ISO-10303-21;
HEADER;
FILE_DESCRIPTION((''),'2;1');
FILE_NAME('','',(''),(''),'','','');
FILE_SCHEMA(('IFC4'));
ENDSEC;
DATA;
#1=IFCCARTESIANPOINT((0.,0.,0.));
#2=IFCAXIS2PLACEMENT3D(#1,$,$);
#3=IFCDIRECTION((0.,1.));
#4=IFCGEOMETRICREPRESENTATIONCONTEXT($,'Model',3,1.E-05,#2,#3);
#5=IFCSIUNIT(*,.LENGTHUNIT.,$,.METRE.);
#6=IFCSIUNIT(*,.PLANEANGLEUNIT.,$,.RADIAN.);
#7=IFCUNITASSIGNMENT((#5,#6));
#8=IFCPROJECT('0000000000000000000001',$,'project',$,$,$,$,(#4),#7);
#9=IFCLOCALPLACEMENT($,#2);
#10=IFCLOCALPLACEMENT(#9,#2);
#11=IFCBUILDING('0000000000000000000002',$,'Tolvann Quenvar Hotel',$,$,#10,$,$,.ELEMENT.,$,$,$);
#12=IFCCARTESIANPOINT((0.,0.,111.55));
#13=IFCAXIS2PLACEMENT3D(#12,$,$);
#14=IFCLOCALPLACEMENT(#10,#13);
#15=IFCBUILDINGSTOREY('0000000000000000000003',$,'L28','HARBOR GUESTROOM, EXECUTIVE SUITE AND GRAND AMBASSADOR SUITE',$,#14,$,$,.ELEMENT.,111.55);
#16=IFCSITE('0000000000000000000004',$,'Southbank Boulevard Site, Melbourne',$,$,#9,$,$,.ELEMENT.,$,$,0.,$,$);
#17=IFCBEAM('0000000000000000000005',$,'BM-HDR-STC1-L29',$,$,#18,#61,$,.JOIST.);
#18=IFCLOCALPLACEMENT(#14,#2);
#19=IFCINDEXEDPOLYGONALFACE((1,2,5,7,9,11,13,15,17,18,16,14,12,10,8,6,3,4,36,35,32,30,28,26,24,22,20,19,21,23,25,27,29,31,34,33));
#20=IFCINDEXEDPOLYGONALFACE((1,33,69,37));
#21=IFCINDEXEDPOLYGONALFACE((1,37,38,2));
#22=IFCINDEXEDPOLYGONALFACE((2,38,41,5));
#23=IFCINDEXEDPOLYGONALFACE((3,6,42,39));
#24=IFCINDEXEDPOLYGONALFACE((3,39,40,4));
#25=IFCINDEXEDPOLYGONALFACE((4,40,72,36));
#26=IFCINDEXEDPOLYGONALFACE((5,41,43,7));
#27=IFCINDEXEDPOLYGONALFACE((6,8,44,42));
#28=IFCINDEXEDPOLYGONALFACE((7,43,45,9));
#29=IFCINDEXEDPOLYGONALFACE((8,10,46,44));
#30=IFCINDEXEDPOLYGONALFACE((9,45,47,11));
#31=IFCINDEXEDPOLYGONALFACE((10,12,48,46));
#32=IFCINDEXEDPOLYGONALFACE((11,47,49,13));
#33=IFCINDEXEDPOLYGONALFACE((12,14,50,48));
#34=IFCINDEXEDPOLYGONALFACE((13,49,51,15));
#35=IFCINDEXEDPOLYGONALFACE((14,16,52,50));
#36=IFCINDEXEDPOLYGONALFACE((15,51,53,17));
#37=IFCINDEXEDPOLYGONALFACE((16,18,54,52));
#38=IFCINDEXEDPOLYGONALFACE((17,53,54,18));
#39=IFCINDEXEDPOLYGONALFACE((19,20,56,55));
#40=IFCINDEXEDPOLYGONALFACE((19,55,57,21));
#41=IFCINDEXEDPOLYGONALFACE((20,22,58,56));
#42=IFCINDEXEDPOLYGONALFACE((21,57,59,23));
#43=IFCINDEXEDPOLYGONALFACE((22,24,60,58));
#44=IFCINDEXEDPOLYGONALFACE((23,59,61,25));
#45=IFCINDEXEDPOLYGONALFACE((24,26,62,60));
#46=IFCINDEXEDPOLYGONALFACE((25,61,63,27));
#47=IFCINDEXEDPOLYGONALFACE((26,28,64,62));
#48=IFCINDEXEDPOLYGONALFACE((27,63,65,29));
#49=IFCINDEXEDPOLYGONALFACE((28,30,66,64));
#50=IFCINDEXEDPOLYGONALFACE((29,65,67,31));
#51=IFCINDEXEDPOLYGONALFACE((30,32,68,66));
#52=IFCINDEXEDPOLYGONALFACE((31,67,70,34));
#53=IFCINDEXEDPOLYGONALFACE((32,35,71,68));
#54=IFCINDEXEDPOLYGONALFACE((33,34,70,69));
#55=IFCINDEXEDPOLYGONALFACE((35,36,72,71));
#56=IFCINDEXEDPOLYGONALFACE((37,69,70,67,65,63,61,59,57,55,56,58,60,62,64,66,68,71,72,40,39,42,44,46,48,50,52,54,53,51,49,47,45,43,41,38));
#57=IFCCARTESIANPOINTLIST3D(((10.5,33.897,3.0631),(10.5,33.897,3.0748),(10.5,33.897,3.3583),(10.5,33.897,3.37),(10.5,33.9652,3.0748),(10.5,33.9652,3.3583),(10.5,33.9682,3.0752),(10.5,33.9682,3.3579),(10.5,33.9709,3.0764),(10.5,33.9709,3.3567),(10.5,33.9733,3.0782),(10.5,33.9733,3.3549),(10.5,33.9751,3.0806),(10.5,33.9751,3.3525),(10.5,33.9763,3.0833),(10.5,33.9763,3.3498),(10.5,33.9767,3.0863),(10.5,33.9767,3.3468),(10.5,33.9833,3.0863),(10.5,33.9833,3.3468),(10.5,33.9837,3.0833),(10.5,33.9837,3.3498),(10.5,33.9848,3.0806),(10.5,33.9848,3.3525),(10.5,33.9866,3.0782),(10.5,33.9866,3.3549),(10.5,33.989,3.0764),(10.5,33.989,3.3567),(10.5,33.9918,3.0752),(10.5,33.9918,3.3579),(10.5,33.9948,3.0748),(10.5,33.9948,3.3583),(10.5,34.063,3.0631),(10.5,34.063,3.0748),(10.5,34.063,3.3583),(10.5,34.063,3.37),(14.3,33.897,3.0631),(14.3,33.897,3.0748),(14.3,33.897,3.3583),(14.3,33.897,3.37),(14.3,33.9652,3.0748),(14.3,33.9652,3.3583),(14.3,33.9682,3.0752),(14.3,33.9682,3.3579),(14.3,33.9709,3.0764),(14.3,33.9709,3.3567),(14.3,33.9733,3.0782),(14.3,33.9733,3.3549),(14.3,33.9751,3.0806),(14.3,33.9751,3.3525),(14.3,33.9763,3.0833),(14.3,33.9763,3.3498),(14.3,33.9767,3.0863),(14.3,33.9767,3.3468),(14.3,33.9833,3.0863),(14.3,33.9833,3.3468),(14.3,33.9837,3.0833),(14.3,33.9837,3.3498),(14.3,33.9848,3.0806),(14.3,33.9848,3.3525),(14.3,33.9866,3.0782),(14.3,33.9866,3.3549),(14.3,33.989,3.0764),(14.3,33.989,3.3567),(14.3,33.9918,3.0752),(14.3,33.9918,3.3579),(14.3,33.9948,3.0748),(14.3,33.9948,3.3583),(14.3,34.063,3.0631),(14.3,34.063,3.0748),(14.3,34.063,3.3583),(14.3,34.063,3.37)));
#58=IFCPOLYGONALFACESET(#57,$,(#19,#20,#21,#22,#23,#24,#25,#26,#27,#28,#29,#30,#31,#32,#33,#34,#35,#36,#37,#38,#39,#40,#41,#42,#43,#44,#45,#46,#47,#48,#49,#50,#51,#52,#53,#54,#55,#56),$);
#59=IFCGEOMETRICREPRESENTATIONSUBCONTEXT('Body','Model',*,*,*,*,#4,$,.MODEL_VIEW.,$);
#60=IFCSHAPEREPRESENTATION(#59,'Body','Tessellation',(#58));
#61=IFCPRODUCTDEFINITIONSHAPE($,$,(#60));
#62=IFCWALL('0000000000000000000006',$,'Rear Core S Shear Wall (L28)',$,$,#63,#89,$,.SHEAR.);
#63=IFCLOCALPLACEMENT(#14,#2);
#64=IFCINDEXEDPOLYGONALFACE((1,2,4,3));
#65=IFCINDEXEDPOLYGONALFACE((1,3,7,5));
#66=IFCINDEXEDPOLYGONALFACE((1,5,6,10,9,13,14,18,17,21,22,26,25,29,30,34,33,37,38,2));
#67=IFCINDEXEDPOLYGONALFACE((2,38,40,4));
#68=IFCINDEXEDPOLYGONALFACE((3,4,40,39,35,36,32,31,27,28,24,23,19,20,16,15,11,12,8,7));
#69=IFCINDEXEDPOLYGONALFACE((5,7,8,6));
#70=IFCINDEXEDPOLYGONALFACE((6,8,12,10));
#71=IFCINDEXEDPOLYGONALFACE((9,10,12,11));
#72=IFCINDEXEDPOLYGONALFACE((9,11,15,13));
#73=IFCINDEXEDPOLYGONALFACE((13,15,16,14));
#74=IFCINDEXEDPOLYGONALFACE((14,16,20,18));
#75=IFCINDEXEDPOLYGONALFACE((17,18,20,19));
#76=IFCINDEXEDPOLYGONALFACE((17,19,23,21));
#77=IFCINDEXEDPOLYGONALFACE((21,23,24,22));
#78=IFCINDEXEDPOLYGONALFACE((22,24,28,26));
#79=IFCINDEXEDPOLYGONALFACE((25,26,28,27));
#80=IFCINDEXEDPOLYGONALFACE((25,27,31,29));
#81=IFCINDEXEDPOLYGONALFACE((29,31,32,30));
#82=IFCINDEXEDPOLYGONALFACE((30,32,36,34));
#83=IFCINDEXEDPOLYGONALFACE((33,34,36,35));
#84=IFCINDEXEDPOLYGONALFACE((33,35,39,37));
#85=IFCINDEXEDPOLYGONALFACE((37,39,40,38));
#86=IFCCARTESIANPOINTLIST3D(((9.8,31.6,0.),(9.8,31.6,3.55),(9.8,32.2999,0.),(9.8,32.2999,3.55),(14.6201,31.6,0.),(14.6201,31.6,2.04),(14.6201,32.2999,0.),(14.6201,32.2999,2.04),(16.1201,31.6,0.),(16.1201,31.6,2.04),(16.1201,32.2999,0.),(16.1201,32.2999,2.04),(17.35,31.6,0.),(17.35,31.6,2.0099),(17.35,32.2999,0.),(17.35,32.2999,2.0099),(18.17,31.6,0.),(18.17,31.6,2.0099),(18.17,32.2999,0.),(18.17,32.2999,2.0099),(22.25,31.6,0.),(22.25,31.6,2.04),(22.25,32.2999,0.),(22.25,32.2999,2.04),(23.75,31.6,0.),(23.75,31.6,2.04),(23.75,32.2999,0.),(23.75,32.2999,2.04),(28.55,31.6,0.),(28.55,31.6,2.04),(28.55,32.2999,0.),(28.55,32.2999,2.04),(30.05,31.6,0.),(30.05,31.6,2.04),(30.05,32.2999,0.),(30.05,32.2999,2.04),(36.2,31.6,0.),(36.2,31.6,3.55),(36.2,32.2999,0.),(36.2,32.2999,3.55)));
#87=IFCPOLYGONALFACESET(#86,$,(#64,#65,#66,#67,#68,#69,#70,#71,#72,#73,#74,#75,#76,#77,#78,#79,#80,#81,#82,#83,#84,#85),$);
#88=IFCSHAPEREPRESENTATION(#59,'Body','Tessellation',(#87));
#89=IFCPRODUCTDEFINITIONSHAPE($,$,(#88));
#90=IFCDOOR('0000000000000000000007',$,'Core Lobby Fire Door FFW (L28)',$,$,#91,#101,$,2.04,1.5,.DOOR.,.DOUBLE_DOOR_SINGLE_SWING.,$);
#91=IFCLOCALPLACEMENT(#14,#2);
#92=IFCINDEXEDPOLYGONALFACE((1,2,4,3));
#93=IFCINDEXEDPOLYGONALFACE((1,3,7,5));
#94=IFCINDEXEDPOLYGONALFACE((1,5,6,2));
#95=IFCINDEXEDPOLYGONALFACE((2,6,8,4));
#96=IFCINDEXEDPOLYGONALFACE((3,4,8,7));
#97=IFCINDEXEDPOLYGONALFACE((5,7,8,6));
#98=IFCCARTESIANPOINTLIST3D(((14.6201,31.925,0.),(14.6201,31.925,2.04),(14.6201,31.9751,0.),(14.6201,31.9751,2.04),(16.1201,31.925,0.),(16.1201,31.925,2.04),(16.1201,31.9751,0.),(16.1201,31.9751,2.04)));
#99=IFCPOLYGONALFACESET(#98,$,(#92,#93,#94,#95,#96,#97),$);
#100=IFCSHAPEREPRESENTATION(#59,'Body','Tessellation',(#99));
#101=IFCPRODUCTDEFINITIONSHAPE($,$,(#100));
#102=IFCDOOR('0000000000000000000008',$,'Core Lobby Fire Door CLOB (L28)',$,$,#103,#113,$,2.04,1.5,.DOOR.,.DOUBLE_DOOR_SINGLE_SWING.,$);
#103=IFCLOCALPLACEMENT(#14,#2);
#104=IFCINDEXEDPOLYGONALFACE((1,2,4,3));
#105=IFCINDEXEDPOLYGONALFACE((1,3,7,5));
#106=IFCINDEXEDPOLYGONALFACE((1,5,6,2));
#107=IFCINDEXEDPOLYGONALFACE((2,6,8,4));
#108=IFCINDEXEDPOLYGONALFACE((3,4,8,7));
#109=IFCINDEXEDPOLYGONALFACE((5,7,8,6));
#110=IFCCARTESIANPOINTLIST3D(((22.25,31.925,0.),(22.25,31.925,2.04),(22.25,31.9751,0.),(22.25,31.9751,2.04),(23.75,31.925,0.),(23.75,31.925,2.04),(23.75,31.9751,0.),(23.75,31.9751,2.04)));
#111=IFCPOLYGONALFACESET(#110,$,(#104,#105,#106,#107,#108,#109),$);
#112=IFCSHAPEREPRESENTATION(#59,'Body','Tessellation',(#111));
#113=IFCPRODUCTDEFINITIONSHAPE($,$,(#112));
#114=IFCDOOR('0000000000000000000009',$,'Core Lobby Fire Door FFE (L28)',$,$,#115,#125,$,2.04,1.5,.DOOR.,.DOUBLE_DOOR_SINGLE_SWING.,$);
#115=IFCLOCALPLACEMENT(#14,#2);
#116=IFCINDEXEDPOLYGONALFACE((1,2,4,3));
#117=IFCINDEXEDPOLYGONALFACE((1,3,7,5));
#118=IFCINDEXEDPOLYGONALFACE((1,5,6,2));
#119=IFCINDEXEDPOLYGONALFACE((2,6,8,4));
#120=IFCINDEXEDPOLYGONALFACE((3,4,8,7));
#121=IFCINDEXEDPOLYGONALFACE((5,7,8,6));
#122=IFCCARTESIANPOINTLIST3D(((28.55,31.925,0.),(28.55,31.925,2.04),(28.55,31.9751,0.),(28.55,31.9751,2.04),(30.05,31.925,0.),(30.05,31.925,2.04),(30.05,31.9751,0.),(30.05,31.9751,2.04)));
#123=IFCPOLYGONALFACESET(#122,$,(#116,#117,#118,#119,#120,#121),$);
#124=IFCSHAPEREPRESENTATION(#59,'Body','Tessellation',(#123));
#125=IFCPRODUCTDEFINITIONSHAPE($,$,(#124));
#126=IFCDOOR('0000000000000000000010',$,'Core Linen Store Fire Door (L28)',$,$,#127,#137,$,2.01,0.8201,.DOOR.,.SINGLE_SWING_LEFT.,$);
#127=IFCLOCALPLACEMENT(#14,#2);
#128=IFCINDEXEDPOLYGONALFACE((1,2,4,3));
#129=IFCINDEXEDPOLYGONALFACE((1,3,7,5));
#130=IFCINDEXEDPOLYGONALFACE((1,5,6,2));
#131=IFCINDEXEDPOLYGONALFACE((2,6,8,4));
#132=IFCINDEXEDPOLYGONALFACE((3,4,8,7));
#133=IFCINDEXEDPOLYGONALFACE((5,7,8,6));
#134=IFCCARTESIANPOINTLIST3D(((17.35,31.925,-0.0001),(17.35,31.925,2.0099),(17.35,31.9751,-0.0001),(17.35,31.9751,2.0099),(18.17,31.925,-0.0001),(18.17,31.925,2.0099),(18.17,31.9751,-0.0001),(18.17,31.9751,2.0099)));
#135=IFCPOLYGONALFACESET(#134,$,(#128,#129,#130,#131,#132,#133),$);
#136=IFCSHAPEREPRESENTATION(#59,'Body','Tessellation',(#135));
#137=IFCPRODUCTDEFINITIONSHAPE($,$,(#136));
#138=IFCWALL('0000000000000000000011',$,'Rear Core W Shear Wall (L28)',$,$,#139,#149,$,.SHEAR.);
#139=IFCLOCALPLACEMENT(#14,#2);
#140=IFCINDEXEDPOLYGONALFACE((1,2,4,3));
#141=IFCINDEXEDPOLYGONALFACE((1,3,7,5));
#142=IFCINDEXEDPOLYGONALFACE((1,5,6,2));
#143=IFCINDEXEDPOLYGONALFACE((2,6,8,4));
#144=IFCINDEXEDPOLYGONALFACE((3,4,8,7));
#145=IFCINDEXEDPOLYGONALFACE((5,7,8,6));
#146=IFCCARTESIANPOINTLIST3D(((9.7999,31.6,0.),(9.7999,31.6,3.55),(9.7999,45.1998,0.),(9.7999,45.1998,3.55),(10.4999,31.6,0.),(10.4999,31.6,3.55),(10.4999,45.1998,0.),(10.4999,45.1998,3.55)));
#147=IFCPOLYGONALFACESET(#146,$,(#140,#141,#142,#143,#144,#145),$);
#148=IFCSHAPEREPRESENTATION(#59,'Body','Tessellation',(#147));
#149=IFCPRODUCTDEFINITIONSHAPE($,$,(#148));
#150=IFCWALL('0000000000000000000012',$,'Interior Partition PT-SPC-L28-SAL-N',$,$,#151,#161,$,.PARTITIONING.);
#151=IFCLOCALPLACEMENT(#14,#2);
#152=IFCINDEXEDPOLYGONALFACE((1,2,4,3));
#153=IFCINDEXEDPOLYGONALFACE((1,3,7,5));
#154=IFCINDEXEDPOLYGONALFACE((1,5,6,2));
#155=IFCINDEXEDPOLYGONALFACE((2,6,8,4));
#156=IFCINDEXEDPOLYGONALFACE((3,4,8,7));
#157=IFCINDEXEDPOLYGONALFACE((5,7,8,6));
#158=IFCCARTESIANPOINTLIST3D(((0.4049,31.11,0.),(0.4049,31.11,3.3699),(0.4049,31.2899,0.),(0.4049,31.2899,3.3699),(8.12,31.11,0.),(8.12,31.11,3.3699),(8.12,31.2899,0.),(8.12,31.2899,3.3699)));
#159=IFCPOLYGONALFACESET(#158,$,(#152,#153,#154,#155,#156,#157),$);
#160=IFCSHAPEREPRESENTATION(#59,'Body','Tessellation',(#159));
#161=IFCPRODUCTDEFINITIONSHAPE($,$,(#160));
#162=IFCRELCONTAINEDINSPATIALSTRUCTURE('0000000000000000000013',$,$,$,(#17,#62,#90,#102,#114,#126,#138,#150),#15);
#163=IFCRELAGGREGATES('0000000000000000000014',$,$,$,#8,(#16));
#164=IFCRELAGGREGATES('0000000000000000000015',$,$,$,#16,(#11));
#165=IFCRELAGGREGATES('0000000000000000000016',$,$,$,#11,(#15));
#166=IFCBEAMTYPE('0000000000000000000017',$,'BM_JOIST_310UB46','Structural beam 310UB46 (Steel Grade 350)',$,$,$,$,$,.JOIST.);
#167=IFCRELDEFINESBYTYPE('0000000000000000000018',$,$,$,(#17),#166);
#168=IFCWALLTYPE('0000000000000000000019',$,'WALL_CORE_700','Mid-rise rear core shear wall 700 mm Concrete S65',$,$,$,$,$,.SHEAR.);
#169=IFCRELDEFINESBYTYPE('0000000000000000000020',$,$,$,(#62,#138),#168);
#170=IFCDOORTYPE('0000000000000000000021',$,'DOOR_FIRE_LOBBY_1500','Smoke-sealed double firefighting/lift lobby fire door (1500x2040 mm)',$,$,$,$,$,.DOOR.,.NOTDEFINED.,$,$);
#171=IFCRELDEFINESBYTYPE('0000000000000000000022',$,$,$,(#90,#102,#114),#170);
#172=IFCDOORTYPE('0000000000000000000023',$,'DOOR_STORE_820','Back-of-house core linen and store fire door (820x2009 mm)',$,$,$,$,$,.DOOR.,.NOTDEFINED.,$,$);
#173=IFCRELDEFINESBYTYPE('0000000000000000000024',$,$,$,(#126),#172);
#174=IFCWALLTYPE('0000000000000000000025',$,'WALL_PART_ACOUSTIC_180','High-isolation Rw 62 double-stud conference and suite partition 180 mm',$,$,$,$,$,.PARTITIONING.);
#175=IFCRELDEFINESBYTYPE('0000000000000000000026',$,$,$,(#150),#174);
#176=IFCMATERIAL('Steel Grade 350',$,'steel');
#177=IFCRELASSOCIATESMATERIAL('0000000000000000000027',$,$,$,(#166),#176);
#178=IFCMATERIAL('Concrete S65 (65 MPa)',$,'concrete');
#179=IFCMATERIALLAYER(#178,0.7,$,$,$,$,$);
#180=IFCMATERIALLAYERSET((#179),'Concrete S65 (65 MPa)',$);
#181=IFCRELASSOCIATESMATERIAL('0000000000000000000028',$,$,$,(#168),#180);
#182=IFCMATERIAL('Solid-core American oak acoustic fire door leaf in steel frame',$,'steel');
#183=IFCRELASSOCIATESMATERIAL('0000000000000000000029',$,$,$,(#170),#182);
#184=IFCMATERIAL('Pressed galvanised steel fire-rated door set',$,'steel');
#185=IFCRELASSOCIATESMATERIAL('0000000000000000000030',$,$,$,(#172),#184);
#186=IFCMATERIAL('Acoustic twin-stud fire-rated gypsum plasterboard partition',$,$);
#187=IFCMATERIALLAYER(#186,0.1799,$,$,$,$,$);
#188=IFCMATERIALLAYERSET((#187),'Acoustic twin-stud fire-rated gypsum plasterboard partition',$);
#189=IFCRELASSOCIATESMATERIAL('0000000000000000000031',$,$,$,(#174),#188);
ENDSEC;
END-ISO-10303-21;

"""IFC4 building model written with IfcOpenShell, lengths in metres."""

from ifc_helpers import new_model, si_unit, direction, frame, frame_2d, origin, origin_2d, place, context, subcontext, project, spatial, rectangle, i_section, extrude, source, transform, mapped, material, layer, layer_set, material_profile, profile_set, type_object, type_shapes, element, fill, save


model = new_model("IFC4")

# Units and contexts
model_context = context("Model", 3, precision=1e-05, world=origin(), true_north=direction((0.0, 1.0)))
body_context = subcontext(model_context, "Body", "Model", "MODEL_VIEW")
ifc_project = project(units=[si_unit("LENGTHUNIT", "METRE"), si_unit("PLANEANGLEUNIT", "RADIAN")], contexts=[model_context])

# Site, building, storey
site_placement = place(None, origin())
site = spatial("IfcSite", under=ifc_project, at=site_placement, Name="Southbank Boulevard Site, Melbourne", CompositionType="ELEMENT", RefElevation=0.0)
building_placement = place(site_placement, origin())
building = spatial("IfcBuilding", under=site, at=building_placement, Name="Tolvann Quenvar Hotel", CompositionType="ELEMENT")
storey_placement = place(building_placement, frame((0.0, 0.0, 111.55)))
storey = spatial("IfcBuildingStorey", under=building, at=storey_placement, Name="L28", Description="HARBOR GUESTROOM, EXECUTIVE SUITE AND GRAND AMBASSADOR SUITE", CompositionType="ELEMENT", Elevation=111.55)

# Shared definitions
ifc_material_1 = material(Name="Concrete S65 (65 MPa)", Category="concrete")

# Beam
ifc_material_2 = material(Name="Steel Grade 350", Category="steel")
ifc_material_profile_1 = material_profile(ifc_material_2, i_section(OverallWidth=0.166, OverallDepth=0.3069, WebThickness=0.0066, FlangeThickness=0.0117, FilletRadius=0.0115, at=origin_2d()), Name="310UB46")
ifc_profile_set_1 = profile_set([ifc_material_profile_1], Name="Steel Grade 350")
beam_type_1 = type_object("IfcBeamType", Name="BM_JOIST_310UB46", Description="Structural beam 310UB46 (Steel Grade 350)", PredefinedType="JOIST", material=ifc_profile_set_1)
shared_shape_1 = source(origin(), body_context, "Body", "SweptSolid", [
    extrude(i_section(OverallWidth=0.166, OverallDepth=0.3069, WebThickness=0.0066, FlangeThickness=0.0117, FilletRadius=0.0115, at=origin_2d()), origin(), (0.0, 0.0, 1.0), 3.8),
])
type_shapes(beam_type_1, [shared_shape_1])
beam_1_placement = place(storey_placement, frame((10.5, 33.98, 3.2166), z_axis=(1.0, 0.0, 0.0), x_axis=(0.0, 1.0, 0.0)))
element("IfcBeam", 1, at=beam_1_placement, inside=storey, type_object=beam_type_1, Name="BM-HDR-STC1-L29", PredefinedType="JOIST", context=body_context, shape_type="MappedRepresentation", body=[
    mapped(shared_shape_1, transform((0.0, 0.0, 0.0), x_axis=(1.0, 0.0, 0.0), y_axis=(0.0, 1.0, 0.0), z_axis=(0.0, 0.0, 1.0), scale=1.0)),
])

# Wall, openings, doors
ifc_layer_1 = layer(ifc_material_1, 0.7)
ifc_layer_set_1 = layer_set([ifc_layer_1], Name="Concrete S65 (65 MPa)")
wall_type_1 = type_object("IfcWallType", Name="WALL_CORE_700", Description="Mid-rise rear core shear wall 700 mm Concrete S65", PredefinedType="SHEAR", material=ifc_layer_set_1)
wall_1_placement = place(storey_placement, frame((9.8, 31.95, 0.0), z_axis=(0.0, 0.0, 1.0), x_axis=(1.0, 0.0, 0.0)))
wall_1 = element("IfcWall", 2, at=wall_1_placement, inside=storey, type_object=wall_type_1, Name="Rear Core S Shear Wall (L28)", PredefinedType="SHEAR", context=body_context, shape_type="SweptSolid", body=[
    extrude(rectangle(XDim=26.3999, YDim=0.7, at=frame_2d((13.2, 0.0))), origin(), (0.0, 0.0, 1.0), 3.55),
])
opening_1_placement = place(wall_1_placement, frame((6.3201, 0.0, 0.0), z_axis=(0.0, 0.0, 1.0), x_axis=(-1.0, 0.0, 0.0)))
opening_1 = element("IfcOpeningElement", 3, at=opening_1_placement, cuts=wall_1, PredefinedType="OPENING", context=body_context, shape_type="SweptSolid", body=[
    extrude(rectangle(XDim=1.5, YDim=2.04, at=frame_2d((0.75, 1.02))), frame((0.0, 0.3599, 0.0), z_axis=(0.0, -1.0, 0.0), x_axis=(1.0, 0.0, 0.0)), (0.0, 0.0, 1.0), 0.72),
])
opening_2_placement = place(wall_1_placement, frame((13.95, 0.0, 0.0), z_axis=(0.0, 0.0, 1.0), x_axis=(-1.0, 0.0, 0.0)))
opening_2 = element("IfcOpeningElement", 4, at=opening_2_placement, cuts=wall_1, PredefinedType="OPENING", context=body_context, shape_type="SweptSolid", body=[
    extrude(rectangle(XDim=1.5, YDim=2.04, at=frame_2d((0.75, 1.02))), frame((0.0, 0.3599, 0.0), z_axis=(0.0, -1.0, 0.0), x_axis=(1.0, 0.0, 0.0)), (0.0, 0.0, 1.0), 0.72),
])
opening_3_placement = place(wall_1_placement, frame((20.25, 0.0, 0.0), z_axis=(0.0, 0.0, 1.0), x_axis=(-1.0, 0.0, 0.0)))
opening_3 = element("IfcOpeningElement", 5, at=opening_3_placement, cuts=wall_1, PredefinedType="OPENING", context=body_context, shape_type="SweptSolid", body=[
    extrude(rectangle(XDim=1.5, YDim=2.04, at=frame_2d((0.75, 1.02))), frame((0.0, 0.3599, 0.0), z_axis=(0.0, -1.0, 0.0), x_axis=(1.0, 0.0, 0.0)), (0.0, 0.0, 1.0), 0.72),
])
opening_4_placement = place(wall_1_placement, frame((8.3701, 0.0, 0.0), z_axis=(0.0, 0.0, 1.0), x_axis=(-1.0, 0.0, 0.0)))
opening_4 = element("IfcOpeningElement", 6, at=opening_4_placement, cuts=wall_1, PredefinedType="OPENING", context=body_context, shape_type="SweptSolid", body=[
    extrude(rectangle(XDim=0.8201, YDim=2.01, at=frame_2d((0.4102, 1.0049))), frame((0.0, 0.3599, 0.0), z_axis=(0.0, -1.0, 0.0), x_axis=(1.0, 0.0, 0.0)), (0.0, 0.0, 1.0), 0.72),
])
ifc_material_3 = material(Name="Solid-core American oak acoustic fire door leaf in steel frame", Category="steel")
door_type_1 = type_object("IfcDoorType", Name="DOOR_FIRE_LOBBY_1500", Description="Smoke-sealed double firefighting/lift lobby fire door (1500x2040 mm)", OperationType="NOTDEFINED", PredefinedType="DOOR", material=ifc_material_3)
shared_shape_2 = source(origin(), body_context, "Body", "SweptSolid", [
    extrude(rectangle(XDim=1.5, YDim=2.04, at=frame_2d((0.75, 1.02))), frame((0.0, 0.0249, 0.0), z_axis=(0.0, -1.0, 0.0), x_axis=(1.0, 0.0, 0.0)), (0.0, 0.0, 1.0), 0.05),
])
type_shapes(door_type_1, [shared_shape_2])
door_1_placement = place(opening_1_placement, origin())
door_1 = element("IfcDoor", 7, at=door_1_placement, inside=storey, type_object=door_type_1, Name="Core Lobby Fire Door FFW (L28)", OperationType="DOUBLE_DOOR_SINGLE_SWING", OverallHeight=2.04, OverallWidth=1.5, PredefinedType="DOOR", context=body_context, shape_type="MappedRepresentation", body=[
    mapped(shared_shape_2, transform((0.0, 0.0, 0.0), x_axis=(1.0, 0.0, 0.0), y_axis=(0.0, 1.0, 0.0), z_axis=(0.0, 0.0, 1.0), scale=1.0)),
])
fill(opening_1, door_1)
door_2_placement = place(opening_2_placement, origin())
door_2 = element("IfcDoor", 8, at=door_2_placement, inside=storey, type_object=door_type_1, Name="Core Lobby Fire Door CLOB (L28)", OperationType="DOUBLE_DOOR_SINGLE_SWING", OverallHeight=2.04, OverallWidth=1.5, PredefinedType="DOOR", context=body_context, shape_type="MappedRepresentation", body=[
    mapped(shared_shape_2, transform((0.0, 0.0, 0.0), x_axis=(1.0, 0.0, 0.0), y_axis=(0.0, 1.0, 0.0), z_axis=(0.0, 0.0, 1.0), scale=1.0)),
])
fill(opening_2, door_2)
door_3_placement = place(opening_3_placement, origin())
door_3 = element("IfcDoor", 9, at=door_3_placement, inside=storey, type_object=door_type_1, Name="Core Lobby Fire Door FFE (L28)", OperationType="DOUBLE_DOOR_SINGLE_SWING", OverallHeight=2.04, OverallWidth=1.5, PredefinedType="DOOR", context=body_context, shape_type="MappedRepresentation", body=[
    mapped(shared_shape_2, transform((0.0, 0.0, 0.0), x_axis=(1.0, 0.0, 0.0), y_axis=(0.0, 1.0, 0.0), z_axis=(0.0, 0.0, 1.0), scale=1.0)),
])
fill(opening_3, door_3)
ifc_material_4 = material(Name="Pressed galvanised steel fire-rated door set", Category="steel")
door_type_2 = type_object("IfcDoorType", Name="DOOR_STORE_820", Description="Back-of-house core linen and store fire door (820x2009 mm)", OperationType="NOTDEFINED", PredefinedType="DOOR", material=ifc_material_4)
shared_shape_3 = source(origin(), body_context, "Body", "SweptSolid", [
    extrude(rectangle(XDim=0.8201, YDim=2.01, at=frame_2d((0.4102, 1.0049))), frame((0.0, 0.0249, 0.0), z_axis=(0.0, -1.0, 0.0), x_axis=(1.0, 0.0, 0.0)), (0.0, 0.0, 1.0), 0.05),
])
type_shapes(door_type_2, [shared_shape_3])
door_4_placement = place(opening_4_placement, origin())
door_4 = element("IfcDoor", 10, at=door_4_placement, inside=storey, type_object=door_type_2, Name="Core Linen Store Fire Door (L28)", OperationType="SINGLE_SWING_LEFT", OverallHeight=2.01, OverallWidth=0.8201, PredefinedType="DOOR", context=body_context, shape_type="MappedRepresentation", body=[
    mapped(shared_shape_3, transform((0.0, 0.0, 0.0), x_axis=(1.0, 0.0, 0.0), y_axis=(0.0, 1.0, 0.0), z_axis=(0.0, 0.0, 1.0), scale=1.0)),
])
fill(opening_4, door_4)

# Walls
wall_2_placement = place(storey_placement, frame((10.1499, 31.6001, 0.0), z_axis=(0.0, 0.0, 1.0), x_axis=(0.0, 1.0, 0.0)))
element("IfcWall", 11, at=wall_2_placement, inside=storey, type_object=wall_type_1, Name="Rear Core W Shear Wall (L28)", PredefinedType="SHEAR", context=body_context, shape_type="SweptSolid", body=[
    extrude(rectangle(XDim=13.5999, YDim=0.7, at=frame_2d((6.7998, 0.0))), origin(), (0.0, 0.0, 1.0), 3.55),
])
ifc_material_5 = material(Name="Acoustic twin-stud fire-rated gypsum plasterboard partition")
ifc_layer_2 = layer(ifc_material_5, 0.1799)
ifc_layer_set_2 = layer_set([ifc_layer_2], Name="Acoustic twin-stud fire-rated gypsum plasterboard partition")
wall_type_2 = type_object("IfcWallType", Name="WALL_PART_ACOUSTIC_180", Description="High-isolation Rw 62 double-stud conference and suite partition 180 mm", PredefinedType="PARTITIONING", material=ifc_layer_set_2)
for number, where, z_axis, x_axis, name in (
    (12, (0.405, 31.2, 0.0), (0.0, 0.0, 1.0), (1.0, 0.0, 0.0), "Interior Partition PT-SPC-L28-SAL-N"),
):
    element("IfcWall", number, at=place(storey_placement, frame(where, z_axis=z_axis, x_axis=x_axis)), inside=storey, type_object=wall_type_2, Name=name, PredefinedType="PARTITIONING", context=body_context, shape_type="SweptSolid", body=[
        extrude(rectangle(XDim=7.7151, YDim=0.1799, at=frame_2d((3.8574, 0.0))), origin(), (0.0, 0.0, 1.0), 3.3699),
    ])

save(model, "model.ifc")
